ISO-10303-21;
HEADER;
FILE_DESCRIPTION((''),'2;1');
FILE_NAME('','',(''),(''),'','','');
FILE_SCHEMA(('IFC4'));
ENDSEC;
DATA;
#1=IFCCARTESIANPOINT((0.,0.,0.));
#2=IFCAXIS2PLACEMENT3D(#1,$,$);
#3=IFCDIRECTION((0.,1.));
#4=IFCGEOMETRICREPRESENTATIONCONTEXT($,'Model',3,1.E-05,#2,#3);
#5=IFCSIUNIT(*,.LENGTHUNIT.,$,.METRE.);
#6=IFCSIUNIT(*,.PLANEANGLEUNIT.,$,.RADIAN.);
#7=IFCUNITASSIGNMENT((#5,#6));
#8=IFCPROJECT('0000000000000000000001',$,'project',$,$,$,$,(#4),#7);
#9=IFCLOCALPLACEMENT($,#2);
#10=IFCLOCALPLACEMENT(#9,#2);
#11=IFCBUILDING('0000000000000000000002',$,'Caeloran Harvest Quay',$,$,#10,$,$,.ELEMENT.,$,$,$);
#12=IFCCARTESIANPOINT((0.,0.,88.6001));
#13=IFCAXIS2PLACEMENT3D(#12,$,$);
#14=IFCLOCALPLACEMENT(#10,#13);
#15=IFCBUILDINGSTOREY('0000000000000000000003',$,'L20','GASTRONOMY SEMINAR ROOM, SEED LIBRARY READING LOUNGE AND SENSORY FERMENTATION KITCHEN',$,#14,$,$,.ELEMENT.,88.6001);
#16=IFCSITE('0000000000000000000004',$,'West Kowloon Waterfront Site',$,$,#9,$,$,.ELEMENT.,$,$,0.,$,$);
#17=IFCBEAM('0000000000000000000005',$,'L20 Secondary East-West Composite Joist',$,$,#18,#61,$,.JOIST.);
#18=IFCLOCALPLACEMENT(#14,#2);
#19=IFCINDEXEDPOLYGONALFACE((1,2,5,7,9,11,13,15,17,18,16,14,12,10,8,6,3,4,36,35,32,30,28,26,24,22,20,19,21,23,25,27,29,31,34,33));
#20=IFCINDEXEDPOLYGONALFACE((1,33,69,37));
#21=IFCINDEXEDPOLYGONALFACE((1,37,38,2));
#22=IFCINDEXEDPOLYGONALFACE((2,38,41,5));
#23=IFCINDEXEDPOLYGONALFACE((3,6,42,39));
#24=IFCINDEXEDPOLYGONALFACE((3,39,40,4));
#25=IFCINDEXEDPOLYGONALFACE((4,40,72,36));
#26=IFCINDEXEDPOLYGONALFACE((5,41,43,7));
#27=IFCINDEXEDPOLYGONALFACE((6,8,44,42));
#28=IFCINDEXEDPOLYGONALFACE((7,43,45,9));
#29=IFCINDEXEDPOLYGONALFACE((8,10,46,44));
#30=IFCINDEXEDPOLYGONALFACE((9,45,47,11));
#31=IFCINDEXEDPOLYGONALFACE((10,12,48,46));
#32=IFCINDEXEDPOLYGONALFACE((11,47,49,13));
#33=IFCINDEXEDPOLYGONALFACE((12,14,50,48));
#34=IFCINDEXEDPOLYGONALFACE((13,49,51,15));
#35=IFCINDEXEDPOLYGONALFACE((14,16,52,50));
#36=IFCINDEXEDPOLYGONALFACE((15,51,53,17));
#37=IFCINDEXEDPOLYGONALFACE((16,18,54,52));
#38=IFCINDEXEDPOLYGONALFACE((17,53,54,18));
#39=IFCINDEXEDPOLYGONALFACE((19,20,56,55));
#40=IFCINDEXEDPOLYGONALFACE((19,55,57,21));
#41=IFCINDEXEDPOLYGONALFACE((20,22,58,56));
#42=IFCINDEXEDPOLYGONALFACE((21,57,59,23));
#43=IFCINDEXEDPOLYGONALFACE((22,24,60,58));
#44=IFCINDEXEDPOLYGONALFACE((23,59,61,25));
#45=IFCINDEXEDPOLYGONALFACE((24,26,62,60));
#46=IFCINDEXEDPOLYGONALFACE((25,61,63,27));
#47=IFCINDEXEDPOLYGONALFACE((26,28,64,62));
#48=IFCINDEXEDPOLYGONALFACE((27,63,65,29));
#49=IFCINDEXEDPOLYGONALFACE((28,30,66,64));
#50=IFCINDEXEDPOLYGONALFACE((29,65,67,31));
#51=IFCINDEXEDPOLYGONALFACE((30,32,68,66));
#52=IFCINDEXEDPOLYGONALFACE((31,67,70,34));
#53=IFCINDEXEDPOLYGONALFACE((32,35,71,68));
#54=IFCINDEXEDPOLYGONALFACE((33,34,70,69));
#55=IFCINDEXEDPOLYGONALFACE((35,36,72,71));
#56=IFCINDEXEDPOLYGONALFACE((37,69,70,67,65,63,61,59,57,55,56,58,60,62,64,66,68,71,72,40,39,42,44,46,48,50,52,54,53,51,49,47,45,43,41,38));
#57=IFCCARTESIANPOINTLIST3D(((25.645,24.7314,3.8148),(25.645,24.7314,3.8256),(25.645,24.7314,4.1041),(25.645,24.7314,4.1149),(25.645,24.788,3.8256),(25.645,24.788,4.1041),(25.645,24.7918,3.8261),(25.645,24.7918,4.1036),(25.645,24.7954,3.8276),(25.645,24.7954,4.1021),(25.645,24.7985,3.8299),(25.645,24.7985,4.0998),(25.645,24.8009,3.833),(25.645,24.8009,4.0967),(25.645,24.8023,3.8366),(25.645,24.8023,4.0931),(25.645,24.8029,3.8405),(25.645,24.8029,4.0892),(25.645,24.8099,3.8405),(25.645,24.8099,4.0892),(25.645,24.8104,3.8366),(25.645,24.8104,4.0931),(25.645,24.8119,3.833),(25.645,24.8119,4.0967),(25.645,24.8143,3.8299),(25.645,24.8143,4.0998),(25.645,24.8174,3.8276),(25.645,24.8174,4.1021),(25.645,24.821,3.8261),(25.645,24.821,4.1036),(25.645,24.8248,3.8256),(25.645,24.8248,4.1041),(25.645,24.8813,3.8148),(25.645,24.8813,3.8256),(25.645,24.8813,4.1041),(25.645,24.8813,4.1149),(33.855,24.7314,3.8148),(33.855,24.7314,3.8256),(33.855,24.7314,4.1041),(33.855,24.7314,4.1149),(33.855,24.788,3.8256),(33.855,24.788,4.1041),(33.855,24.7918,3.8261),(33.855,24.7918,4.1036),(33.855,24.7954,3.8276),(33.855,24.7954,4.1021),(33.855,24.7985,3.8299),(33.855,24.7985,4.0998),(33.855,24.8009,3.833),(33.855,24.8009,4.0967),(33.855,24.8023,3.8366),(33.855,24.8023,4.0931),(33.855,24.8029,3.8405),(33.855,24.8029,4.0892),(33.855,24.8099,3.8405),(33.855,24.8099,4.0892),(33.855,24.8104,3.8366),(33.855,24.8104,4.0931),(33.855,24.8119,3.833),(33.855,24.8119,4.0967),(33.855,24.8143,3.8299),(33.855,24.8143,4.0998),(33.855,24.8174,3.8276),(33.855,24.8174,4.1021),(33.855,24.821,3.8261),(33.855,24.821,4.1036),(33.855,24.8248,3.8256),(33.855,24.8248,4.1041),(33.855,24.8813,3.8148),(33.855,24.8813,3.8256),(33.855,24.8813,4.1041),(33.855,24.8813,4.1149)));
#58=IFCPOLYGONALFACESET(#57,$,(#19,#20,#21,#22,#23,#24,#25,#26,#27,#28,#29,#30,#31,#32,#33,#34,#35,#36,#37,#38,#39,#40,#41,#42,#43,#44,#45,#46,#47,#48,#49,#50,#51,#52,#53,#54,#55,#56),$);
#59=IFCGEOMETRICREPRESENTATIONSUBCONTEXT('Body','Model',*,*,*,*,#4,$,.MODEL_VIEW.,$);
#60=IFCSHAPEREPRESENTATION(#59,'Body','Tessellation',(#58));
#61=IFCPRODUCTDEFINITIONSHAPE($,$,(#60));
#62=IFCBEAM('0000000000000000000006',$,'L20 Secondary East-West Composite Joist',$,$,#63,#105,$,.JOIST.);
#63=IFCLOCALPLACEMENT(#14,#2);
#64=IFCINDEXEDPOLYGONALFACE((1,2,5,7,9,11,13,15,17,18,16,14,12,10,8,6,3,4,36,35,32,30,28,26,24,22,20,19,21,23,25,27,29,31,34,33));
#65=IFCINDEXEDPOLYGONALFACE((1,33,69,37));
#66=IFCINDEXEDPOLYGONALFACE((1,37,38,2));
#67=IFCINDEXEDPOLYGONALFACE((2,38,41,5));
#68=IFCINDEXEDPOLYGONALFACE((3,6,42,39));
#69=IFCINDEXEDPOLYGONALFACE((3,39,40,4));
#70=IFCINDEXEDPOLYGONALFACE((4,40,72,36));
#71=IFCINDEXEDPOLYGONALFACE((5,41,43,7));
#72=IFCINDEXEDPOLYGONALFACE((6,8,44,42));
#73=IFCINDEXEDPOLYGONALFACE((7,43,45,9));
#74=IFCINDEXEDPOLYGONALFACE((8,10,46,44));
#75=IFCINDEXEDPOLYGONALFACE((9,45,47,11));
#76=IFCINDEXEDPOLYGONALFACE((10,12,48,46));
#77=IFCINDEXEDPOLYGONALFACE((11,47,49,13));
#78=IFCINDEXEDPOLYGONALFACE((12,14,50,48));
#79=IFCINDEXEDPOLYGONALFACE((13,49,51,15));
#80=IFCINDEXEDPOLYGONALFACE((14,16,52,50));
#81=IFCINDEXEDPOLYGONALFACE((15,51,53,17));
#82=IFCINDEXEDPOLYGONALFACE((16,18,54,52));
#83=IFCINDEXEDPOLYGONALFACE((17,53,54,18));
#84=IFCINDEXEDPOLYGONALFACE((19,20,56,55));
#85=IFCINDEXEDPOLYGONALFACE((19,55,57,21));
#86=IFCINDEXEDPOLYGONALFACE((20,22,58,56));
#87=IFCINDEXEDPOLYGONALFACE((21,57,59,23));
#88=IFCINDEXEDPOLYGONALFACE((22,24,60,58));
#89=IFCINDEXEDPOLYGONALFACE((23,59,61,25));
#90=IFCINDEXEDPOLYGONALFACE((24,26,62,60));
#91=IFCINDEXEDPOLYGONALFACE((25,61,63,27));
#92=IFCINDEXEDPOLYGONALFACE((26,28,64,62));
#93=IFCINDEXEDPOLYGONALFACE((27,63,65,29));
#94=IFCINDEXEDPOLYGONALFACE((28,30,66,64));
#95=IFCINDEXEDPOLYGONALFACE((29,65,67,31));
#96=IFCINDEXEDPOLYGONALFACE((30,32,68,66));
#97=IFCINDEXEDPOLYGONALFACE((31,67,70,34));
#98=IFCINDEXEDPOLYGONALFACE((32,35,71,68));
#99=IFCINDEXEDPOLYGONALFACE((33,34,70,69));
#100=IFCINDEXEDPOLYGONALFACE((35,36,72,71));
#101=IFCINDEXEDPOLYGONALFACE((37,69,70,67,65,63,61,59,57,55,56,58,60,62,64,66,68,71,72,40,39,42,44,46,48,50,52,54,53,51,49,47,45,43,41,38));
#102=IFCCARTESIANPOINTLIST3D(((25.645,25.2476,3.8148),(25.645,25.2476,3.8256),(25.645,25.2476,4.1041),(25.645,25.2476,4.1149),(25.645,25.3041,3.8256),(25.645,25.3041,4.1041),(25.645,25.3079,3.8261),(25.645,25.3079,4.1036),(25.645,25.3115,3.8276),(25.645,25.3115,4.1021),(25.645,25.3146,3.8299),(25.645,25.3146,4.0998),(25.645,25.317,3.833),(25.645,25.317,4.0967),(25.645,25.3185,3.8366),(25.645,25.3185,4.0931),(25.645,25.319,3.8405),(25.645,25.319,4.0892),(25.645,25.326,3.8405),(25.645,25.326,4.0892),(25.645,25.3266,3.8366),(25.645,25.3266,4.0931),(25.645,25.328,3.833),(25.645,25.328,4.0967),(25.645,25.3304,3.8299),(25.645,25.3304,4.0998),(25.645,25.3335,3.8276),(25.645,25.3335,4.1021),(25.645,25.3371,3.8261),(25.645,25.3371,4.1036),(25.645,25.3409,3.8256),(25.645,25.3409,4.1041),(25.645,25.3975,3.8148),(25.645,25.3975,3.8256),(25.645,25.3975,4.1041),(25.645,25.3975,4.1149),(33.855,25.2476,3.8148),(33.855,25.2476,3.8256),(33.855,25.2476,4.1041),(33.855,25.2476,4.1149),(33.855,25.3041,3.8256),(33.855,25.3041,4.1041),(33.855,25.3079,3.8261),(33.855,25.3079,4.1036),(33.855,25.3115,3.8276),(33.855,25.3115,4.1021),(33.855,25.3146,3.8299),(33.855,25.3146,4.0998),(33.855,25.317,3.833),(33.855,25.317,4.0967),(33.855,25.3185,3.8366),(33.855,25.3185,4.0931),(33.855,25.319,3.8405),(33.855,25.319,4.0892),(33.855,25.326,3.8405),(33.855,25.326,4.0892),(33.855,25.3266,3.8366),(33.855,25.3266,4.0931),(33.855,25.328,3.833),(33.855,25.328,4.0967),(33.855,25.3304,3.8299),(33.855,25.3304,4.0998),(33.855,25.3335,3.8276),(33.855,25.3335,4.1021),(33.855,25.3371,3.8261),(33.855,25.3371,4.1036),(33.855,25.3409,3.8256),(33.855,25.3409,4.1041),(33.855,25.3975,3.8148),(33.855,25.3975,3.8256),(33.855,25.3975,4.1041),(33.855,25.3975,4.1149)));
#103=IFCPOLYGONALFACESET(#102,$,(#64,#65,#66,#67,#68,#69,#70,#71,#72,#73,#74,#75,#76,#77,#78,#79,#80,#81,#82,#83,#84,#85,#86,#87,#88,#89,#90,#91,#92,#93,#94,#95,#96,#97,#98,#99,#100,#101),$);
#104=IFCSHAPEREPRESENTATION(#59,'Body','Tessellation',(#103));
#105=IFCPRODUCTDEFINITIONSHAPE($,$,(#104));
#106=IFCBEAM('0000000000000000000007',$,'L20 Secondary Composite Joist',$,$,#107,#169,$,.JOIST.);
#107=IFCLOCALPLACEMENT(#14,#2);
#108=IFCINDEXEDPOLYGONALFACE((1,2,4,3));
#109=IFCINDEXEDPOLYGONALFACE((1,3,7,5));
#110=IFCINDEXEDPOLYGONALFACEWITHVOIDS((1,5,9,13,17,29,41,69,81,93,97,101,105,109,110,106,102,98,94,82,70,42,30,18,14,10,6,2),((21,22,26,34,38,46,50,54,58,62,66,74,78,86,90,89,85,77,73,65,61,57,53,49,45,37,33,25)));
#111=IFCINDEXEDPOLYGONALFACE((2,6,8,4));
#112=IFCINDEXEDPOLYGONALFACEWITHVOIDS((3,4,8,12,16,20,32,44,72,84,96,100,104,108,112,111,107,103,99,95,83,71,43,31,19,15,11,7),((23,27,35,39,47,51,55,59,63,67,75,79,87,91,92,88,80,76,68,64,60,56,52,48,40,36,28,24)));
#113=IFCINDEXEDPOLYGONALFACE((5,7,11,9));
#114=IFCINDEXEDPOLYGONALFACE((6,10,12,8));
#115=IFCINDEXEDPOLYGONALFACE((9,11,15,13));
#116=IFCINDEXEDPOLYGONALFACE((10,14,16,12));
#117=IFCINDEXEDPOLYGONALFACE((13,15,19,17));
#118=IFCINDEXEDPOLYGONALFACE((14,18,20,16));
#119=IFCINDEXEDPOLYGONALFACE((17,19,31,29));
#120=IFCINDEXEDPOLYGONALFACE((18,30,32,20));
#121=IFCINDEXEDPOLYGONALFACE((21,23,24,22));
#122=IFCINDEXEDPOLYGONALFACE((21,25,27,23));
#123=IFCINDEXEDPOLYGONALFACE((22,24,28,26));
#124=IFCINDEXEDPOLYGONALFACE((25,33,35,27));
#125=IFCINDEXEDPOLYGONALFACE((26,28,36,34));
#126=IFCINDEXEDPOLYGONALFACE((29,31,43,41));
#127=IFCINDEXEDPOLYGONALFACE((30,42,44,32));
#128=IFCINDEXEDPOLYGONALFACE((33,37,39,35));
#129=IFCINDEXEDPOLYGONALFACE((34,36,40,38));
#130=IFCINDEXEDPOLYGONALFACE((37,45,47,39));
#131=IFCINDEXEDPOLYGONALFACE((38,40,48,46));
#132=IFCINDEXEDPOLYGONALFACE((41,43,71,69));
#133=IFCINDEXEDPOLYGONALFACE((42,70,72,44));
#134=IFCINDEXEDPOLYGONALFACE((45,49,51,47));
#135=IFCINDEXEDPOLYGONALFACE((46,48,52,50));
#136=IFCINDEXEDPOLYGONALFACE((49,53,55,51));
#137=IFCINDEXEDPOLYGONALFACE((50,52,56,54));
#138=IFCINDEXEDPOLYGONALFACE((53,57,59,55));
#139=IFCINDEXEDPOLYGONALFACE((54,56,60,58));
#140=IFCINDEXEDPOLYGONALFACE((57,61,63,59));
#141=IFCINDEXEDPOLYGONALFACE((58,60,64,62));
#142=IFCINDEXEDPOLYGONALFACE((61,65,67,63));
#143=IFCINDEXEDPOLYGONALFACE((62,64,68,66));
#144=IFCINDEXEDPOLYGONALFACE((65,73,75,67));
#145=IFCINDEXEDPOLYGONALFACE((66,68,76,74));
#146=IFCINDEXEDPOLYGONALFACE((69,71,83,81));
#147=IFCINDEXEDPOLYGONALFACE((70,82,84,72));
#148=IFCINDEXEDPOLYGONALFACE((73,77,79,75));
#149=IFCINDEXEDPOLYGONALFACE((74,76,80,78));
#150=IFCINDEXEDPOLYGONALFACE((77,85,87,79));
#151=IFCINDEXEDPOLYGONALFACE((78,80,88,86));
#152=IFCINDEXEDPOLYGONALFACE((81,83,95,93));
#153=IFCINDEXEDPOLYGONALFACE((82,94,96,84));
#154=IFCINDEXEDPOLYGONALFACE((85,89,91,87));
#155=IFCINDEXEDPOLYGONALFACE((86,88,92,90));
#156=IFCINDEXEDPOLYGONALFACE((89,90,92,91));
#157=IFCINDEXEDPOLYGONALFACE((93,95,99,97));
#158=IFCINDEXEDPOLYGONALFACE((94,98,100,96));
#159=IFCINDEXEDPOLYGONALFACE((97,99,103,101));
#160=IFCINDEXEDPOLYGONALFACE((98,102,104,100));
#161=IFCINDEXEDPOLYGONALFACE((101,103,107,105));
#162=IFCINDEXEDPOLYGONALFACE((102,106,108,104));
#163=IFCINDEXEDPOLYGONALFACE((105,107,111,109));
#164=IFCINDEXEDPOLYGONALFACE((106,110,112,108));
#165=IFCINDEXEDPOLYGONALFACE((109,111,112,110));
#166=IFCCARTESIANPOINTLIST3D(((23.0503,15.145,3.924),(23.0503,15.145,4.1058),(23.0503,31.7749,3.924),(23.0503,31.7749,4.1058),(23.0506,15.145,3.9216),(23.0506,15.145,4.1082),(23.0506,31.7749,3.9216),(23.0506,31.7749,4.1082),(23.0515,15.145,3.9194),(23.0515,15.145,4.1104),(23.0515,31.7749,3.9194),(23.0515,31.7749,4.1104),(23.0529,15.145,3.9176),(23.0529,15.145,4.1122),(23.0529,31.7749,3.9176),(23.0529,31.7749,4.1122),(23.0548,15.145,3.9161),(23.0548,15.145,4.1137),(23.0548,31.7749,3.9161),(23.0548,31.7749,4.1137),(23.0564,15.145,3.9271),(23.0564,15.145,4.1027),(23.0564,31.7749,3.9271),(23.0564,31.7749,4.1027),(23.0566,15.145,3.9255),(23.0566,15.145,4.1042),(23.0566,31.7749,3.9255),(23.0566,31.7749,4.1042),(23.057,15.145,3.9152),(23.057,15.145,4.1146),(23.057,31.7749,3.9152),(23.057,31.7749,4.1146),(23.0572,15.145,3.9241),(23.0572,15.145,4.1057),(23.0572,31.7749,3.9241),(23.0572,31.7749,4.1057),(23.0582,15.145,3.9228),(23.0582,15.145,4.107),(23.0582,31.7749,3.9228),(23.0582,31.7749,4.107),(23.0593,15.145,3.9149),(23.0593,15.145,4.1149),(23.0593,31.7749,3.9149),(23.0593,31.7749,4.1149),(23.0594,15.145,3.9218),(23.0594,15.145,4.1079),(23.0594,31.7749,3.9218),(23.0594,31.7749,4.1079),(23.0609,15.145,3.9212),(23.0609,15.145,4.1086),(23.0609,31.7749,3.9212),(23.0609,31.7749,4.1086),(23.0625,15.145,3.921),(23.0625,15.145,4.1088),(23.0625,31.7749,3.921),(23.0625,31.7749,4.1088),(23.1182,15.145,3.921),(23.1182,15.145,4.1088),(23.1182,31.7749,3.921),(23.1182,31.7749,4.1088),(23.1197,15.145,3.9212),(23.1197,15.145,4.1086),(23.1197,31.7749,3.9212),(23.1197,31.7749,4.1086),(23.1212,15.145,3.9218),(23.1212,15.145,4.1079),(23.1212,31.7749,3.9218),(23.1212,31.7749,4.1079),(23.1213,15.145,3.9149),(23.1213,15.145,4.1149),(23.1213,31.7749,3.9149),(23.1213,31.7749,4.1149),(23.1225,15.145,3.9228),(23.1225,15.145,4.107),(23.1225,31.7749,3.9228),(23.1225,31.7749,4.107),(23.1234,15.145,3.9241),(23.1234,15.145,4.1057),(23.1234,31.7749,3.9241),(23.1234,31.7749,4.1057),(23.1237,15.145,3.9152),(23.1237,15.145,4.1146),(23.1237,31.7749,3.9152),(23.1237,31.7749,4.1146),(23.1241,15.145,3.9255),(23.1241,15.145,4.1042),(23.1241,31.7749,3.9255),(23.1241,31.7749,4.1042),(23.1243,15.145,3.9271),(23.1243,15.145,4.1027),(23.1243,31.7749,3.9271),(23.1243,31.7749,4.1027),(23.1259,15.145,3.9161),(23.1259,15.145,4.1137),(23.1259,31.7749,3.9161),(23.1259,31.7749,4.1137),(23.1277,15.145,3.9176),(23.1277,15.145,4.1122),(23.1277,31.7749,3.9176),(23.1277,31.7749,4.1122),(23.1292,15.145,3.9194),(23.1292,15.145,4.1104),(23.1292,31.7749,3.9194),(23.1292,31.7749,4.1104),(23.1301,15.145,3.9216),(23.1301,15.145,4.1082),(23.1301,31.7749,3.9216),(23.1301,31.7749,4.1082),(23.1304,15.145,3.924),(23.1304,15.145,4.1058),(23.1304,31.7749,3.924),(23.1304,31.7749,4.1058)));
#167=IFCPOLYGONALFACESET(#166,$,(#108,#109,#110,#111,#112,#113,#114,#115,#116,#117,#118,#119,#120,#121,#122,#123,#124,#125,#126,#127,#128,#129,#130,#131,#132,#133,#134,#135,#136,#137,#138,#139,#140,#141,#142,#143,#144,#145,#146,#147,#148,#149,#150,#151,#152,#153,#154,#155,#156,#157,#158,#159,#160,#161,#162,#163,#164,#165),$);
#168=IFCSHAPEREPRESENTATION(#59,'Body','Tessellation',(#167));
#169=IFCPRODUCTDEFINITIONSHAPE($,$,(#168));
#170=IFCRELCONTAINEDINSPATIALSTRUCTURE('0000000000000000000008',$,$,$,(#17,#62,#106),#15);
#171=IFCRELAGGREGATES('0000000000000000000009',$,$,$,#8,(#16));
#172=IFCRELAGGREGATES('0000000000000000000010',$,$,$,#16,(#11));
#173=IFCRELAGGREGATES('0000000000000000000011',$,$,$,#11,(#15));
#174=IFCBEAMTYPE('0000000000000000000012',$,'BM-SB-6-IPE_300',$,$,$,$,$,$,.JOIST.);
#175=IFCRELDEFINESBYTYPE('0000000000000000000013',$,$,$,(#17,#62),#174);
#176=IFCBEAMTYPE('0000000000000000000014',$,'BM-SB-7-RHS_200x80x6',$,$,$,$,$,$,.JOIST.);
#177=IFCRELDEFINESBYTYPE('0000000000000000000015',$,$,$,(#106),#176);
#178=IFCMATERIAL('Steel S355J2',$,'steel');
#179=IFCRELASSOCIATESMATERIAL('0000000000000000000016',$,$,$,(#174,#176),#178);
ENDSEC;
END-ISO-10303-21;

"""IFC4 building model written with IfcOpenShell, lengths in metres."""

from ifc_helpers import new_model, si_unit, direction, frame, origin, origin_2d, place, context, subcontext, project, spatial, hollow_rectangle, i_section, extrude, material, material_profile, profile_set, type_object, element, save


model = new_model("IFC4")

# Units and contexts
model_context = context("Model", 3, precision=1e-05, world=origin(), true_north=direction((0.0, 1.0)))
body_context = subcontext(model_context, "Body", "Model", "MODEL_VIEW")
ifc_project = project(units=[si_unit("LENGTHUNIT", "METRE"), si_unit("PLANEANGLEUNIT", "RADIAN")], contexts=[model_context])

# Site, building, storey
site_placement = place(None, origin())
site = spatial("IfcSite", under=ifc_project, at=site_placement, Name="West Kowloon Waterfront Site", CompositionType="ELEMENT", RefElevation=0.0)
building_placement = place(site_placement, origin())
building = spatial("IfcBuilding", under=site, at=building_placement, Name="Caeloran Harvest Quay", CompositionType="ELEMENT")
storey_placement = place(building_placement, frame((0.0, 0.0, 88.6001)))
storey = spatial("IfcBuildingStorey", under=building, at=storey_placement, Name="L20", Description="GASTRONOMY SEMINAR ROOM, SEED LIBRARY READING LOUNGE AND SENSORY FERMENTATION KITCHEN", CompositionType="ELEMENT", Elevation=88.6001)

# Beams
ifc_material_1 = material(Name="Steel S355J2", Category="steel")
ifc_material_profile_1 = material_profile(ifc_material_1, i_section(OverallWidth=0.1499, OverallDepth=0.3, WebThickness=0.0071, FlangeThickness=0.0107, FilletRadius=0.0149, at=origin_2d()), Name="IPE 300")
ifc_profile_set_1 = profile_set([ifc_material_profile_1], Name="Steel S355J2")
beam_type_1 = type_object("IfcBeamType", Name="BM-SB-6-IPE_300", PredefinedType="JOIST", material=ifc_profile_set_1)
for number, where, z_axis, x_axis, name in (
    (1, (25.645, 24.8064, 3.9648), (1.0, 0.0, 0.0), (0.0, 1.0, 0.0), "L20 Secondary East-West Composite Joist"),
    (2, (25.645, 25.3225, 3.9648), (1.0, 0.0, 0.0), (0.0, 1.0, 0.0), "L20 Secondary East-West Composite Joist"),
):
    element("IfcBeam", number, at=place(storey_placement, frame(where, z_axis=z_axis, x_axis=x_axis)), inside=storey, type_object=beam_type_1, Name=name, PredefinedType="JOIST", context=body_context, shape_type="SweptSolid", body=[
        extrude(i_section(OverallWidth=0.1499, OverallDepth=0.3, WebThickness=0.0071, FlangeThickness=0.0107, FilletRadius=0.0149, at=origin_2d()), origin(), (0.0, 0.0, 1.0), 8.21),
    ])
ifc_material_profile_2 = material_profile(ifc_material_1, hollow_rectangle(XDim=0.0801, YDim=0.2, WallThickness=0.0061, InnerFilletRadius=0.0061, OuterFilletRadius=0.009, at=origin_2d()), Name="RHS 200x80x6")
ifc_profile_set_2 = profile_set([ifc_material_profile_2], Name="Steel S355J2")
beam_type_2 = type_object("IfcBeamType", Name="BM-SB-7-RHS_200x80x6", PredefinedType="JOIST", material=ifc_profile_set_2)
for number, where, z_axis, x_axis, name in (
    (3, (23.0903, 15.145, 4.0149), (0.0, 1.0, 0.0), (-1.0, 0.0, 0.0), "L20 Secondary Composite Joist"),
):
    element("IfcBeam", number, at=place(storey_placement, frame(where, z_axis=z_axis, x_axis=x_axis)), inside=storey, type_object=beam_type_2, Name=name, PredefinedType="JOIST", context=body_context, shape_type="SweptSolid", body=[
        extrude(hollow_rectangle(XDim=0.0801, YDim=0.2, WallThickness=0.0061, InnerFilletRadius=0.0061, OuterFilletRadius=0.009, at=origin_2d()), origin(), (0.0, 0.0, 1.0), 16.6299),
    ])

save(model, "model.ifc")
